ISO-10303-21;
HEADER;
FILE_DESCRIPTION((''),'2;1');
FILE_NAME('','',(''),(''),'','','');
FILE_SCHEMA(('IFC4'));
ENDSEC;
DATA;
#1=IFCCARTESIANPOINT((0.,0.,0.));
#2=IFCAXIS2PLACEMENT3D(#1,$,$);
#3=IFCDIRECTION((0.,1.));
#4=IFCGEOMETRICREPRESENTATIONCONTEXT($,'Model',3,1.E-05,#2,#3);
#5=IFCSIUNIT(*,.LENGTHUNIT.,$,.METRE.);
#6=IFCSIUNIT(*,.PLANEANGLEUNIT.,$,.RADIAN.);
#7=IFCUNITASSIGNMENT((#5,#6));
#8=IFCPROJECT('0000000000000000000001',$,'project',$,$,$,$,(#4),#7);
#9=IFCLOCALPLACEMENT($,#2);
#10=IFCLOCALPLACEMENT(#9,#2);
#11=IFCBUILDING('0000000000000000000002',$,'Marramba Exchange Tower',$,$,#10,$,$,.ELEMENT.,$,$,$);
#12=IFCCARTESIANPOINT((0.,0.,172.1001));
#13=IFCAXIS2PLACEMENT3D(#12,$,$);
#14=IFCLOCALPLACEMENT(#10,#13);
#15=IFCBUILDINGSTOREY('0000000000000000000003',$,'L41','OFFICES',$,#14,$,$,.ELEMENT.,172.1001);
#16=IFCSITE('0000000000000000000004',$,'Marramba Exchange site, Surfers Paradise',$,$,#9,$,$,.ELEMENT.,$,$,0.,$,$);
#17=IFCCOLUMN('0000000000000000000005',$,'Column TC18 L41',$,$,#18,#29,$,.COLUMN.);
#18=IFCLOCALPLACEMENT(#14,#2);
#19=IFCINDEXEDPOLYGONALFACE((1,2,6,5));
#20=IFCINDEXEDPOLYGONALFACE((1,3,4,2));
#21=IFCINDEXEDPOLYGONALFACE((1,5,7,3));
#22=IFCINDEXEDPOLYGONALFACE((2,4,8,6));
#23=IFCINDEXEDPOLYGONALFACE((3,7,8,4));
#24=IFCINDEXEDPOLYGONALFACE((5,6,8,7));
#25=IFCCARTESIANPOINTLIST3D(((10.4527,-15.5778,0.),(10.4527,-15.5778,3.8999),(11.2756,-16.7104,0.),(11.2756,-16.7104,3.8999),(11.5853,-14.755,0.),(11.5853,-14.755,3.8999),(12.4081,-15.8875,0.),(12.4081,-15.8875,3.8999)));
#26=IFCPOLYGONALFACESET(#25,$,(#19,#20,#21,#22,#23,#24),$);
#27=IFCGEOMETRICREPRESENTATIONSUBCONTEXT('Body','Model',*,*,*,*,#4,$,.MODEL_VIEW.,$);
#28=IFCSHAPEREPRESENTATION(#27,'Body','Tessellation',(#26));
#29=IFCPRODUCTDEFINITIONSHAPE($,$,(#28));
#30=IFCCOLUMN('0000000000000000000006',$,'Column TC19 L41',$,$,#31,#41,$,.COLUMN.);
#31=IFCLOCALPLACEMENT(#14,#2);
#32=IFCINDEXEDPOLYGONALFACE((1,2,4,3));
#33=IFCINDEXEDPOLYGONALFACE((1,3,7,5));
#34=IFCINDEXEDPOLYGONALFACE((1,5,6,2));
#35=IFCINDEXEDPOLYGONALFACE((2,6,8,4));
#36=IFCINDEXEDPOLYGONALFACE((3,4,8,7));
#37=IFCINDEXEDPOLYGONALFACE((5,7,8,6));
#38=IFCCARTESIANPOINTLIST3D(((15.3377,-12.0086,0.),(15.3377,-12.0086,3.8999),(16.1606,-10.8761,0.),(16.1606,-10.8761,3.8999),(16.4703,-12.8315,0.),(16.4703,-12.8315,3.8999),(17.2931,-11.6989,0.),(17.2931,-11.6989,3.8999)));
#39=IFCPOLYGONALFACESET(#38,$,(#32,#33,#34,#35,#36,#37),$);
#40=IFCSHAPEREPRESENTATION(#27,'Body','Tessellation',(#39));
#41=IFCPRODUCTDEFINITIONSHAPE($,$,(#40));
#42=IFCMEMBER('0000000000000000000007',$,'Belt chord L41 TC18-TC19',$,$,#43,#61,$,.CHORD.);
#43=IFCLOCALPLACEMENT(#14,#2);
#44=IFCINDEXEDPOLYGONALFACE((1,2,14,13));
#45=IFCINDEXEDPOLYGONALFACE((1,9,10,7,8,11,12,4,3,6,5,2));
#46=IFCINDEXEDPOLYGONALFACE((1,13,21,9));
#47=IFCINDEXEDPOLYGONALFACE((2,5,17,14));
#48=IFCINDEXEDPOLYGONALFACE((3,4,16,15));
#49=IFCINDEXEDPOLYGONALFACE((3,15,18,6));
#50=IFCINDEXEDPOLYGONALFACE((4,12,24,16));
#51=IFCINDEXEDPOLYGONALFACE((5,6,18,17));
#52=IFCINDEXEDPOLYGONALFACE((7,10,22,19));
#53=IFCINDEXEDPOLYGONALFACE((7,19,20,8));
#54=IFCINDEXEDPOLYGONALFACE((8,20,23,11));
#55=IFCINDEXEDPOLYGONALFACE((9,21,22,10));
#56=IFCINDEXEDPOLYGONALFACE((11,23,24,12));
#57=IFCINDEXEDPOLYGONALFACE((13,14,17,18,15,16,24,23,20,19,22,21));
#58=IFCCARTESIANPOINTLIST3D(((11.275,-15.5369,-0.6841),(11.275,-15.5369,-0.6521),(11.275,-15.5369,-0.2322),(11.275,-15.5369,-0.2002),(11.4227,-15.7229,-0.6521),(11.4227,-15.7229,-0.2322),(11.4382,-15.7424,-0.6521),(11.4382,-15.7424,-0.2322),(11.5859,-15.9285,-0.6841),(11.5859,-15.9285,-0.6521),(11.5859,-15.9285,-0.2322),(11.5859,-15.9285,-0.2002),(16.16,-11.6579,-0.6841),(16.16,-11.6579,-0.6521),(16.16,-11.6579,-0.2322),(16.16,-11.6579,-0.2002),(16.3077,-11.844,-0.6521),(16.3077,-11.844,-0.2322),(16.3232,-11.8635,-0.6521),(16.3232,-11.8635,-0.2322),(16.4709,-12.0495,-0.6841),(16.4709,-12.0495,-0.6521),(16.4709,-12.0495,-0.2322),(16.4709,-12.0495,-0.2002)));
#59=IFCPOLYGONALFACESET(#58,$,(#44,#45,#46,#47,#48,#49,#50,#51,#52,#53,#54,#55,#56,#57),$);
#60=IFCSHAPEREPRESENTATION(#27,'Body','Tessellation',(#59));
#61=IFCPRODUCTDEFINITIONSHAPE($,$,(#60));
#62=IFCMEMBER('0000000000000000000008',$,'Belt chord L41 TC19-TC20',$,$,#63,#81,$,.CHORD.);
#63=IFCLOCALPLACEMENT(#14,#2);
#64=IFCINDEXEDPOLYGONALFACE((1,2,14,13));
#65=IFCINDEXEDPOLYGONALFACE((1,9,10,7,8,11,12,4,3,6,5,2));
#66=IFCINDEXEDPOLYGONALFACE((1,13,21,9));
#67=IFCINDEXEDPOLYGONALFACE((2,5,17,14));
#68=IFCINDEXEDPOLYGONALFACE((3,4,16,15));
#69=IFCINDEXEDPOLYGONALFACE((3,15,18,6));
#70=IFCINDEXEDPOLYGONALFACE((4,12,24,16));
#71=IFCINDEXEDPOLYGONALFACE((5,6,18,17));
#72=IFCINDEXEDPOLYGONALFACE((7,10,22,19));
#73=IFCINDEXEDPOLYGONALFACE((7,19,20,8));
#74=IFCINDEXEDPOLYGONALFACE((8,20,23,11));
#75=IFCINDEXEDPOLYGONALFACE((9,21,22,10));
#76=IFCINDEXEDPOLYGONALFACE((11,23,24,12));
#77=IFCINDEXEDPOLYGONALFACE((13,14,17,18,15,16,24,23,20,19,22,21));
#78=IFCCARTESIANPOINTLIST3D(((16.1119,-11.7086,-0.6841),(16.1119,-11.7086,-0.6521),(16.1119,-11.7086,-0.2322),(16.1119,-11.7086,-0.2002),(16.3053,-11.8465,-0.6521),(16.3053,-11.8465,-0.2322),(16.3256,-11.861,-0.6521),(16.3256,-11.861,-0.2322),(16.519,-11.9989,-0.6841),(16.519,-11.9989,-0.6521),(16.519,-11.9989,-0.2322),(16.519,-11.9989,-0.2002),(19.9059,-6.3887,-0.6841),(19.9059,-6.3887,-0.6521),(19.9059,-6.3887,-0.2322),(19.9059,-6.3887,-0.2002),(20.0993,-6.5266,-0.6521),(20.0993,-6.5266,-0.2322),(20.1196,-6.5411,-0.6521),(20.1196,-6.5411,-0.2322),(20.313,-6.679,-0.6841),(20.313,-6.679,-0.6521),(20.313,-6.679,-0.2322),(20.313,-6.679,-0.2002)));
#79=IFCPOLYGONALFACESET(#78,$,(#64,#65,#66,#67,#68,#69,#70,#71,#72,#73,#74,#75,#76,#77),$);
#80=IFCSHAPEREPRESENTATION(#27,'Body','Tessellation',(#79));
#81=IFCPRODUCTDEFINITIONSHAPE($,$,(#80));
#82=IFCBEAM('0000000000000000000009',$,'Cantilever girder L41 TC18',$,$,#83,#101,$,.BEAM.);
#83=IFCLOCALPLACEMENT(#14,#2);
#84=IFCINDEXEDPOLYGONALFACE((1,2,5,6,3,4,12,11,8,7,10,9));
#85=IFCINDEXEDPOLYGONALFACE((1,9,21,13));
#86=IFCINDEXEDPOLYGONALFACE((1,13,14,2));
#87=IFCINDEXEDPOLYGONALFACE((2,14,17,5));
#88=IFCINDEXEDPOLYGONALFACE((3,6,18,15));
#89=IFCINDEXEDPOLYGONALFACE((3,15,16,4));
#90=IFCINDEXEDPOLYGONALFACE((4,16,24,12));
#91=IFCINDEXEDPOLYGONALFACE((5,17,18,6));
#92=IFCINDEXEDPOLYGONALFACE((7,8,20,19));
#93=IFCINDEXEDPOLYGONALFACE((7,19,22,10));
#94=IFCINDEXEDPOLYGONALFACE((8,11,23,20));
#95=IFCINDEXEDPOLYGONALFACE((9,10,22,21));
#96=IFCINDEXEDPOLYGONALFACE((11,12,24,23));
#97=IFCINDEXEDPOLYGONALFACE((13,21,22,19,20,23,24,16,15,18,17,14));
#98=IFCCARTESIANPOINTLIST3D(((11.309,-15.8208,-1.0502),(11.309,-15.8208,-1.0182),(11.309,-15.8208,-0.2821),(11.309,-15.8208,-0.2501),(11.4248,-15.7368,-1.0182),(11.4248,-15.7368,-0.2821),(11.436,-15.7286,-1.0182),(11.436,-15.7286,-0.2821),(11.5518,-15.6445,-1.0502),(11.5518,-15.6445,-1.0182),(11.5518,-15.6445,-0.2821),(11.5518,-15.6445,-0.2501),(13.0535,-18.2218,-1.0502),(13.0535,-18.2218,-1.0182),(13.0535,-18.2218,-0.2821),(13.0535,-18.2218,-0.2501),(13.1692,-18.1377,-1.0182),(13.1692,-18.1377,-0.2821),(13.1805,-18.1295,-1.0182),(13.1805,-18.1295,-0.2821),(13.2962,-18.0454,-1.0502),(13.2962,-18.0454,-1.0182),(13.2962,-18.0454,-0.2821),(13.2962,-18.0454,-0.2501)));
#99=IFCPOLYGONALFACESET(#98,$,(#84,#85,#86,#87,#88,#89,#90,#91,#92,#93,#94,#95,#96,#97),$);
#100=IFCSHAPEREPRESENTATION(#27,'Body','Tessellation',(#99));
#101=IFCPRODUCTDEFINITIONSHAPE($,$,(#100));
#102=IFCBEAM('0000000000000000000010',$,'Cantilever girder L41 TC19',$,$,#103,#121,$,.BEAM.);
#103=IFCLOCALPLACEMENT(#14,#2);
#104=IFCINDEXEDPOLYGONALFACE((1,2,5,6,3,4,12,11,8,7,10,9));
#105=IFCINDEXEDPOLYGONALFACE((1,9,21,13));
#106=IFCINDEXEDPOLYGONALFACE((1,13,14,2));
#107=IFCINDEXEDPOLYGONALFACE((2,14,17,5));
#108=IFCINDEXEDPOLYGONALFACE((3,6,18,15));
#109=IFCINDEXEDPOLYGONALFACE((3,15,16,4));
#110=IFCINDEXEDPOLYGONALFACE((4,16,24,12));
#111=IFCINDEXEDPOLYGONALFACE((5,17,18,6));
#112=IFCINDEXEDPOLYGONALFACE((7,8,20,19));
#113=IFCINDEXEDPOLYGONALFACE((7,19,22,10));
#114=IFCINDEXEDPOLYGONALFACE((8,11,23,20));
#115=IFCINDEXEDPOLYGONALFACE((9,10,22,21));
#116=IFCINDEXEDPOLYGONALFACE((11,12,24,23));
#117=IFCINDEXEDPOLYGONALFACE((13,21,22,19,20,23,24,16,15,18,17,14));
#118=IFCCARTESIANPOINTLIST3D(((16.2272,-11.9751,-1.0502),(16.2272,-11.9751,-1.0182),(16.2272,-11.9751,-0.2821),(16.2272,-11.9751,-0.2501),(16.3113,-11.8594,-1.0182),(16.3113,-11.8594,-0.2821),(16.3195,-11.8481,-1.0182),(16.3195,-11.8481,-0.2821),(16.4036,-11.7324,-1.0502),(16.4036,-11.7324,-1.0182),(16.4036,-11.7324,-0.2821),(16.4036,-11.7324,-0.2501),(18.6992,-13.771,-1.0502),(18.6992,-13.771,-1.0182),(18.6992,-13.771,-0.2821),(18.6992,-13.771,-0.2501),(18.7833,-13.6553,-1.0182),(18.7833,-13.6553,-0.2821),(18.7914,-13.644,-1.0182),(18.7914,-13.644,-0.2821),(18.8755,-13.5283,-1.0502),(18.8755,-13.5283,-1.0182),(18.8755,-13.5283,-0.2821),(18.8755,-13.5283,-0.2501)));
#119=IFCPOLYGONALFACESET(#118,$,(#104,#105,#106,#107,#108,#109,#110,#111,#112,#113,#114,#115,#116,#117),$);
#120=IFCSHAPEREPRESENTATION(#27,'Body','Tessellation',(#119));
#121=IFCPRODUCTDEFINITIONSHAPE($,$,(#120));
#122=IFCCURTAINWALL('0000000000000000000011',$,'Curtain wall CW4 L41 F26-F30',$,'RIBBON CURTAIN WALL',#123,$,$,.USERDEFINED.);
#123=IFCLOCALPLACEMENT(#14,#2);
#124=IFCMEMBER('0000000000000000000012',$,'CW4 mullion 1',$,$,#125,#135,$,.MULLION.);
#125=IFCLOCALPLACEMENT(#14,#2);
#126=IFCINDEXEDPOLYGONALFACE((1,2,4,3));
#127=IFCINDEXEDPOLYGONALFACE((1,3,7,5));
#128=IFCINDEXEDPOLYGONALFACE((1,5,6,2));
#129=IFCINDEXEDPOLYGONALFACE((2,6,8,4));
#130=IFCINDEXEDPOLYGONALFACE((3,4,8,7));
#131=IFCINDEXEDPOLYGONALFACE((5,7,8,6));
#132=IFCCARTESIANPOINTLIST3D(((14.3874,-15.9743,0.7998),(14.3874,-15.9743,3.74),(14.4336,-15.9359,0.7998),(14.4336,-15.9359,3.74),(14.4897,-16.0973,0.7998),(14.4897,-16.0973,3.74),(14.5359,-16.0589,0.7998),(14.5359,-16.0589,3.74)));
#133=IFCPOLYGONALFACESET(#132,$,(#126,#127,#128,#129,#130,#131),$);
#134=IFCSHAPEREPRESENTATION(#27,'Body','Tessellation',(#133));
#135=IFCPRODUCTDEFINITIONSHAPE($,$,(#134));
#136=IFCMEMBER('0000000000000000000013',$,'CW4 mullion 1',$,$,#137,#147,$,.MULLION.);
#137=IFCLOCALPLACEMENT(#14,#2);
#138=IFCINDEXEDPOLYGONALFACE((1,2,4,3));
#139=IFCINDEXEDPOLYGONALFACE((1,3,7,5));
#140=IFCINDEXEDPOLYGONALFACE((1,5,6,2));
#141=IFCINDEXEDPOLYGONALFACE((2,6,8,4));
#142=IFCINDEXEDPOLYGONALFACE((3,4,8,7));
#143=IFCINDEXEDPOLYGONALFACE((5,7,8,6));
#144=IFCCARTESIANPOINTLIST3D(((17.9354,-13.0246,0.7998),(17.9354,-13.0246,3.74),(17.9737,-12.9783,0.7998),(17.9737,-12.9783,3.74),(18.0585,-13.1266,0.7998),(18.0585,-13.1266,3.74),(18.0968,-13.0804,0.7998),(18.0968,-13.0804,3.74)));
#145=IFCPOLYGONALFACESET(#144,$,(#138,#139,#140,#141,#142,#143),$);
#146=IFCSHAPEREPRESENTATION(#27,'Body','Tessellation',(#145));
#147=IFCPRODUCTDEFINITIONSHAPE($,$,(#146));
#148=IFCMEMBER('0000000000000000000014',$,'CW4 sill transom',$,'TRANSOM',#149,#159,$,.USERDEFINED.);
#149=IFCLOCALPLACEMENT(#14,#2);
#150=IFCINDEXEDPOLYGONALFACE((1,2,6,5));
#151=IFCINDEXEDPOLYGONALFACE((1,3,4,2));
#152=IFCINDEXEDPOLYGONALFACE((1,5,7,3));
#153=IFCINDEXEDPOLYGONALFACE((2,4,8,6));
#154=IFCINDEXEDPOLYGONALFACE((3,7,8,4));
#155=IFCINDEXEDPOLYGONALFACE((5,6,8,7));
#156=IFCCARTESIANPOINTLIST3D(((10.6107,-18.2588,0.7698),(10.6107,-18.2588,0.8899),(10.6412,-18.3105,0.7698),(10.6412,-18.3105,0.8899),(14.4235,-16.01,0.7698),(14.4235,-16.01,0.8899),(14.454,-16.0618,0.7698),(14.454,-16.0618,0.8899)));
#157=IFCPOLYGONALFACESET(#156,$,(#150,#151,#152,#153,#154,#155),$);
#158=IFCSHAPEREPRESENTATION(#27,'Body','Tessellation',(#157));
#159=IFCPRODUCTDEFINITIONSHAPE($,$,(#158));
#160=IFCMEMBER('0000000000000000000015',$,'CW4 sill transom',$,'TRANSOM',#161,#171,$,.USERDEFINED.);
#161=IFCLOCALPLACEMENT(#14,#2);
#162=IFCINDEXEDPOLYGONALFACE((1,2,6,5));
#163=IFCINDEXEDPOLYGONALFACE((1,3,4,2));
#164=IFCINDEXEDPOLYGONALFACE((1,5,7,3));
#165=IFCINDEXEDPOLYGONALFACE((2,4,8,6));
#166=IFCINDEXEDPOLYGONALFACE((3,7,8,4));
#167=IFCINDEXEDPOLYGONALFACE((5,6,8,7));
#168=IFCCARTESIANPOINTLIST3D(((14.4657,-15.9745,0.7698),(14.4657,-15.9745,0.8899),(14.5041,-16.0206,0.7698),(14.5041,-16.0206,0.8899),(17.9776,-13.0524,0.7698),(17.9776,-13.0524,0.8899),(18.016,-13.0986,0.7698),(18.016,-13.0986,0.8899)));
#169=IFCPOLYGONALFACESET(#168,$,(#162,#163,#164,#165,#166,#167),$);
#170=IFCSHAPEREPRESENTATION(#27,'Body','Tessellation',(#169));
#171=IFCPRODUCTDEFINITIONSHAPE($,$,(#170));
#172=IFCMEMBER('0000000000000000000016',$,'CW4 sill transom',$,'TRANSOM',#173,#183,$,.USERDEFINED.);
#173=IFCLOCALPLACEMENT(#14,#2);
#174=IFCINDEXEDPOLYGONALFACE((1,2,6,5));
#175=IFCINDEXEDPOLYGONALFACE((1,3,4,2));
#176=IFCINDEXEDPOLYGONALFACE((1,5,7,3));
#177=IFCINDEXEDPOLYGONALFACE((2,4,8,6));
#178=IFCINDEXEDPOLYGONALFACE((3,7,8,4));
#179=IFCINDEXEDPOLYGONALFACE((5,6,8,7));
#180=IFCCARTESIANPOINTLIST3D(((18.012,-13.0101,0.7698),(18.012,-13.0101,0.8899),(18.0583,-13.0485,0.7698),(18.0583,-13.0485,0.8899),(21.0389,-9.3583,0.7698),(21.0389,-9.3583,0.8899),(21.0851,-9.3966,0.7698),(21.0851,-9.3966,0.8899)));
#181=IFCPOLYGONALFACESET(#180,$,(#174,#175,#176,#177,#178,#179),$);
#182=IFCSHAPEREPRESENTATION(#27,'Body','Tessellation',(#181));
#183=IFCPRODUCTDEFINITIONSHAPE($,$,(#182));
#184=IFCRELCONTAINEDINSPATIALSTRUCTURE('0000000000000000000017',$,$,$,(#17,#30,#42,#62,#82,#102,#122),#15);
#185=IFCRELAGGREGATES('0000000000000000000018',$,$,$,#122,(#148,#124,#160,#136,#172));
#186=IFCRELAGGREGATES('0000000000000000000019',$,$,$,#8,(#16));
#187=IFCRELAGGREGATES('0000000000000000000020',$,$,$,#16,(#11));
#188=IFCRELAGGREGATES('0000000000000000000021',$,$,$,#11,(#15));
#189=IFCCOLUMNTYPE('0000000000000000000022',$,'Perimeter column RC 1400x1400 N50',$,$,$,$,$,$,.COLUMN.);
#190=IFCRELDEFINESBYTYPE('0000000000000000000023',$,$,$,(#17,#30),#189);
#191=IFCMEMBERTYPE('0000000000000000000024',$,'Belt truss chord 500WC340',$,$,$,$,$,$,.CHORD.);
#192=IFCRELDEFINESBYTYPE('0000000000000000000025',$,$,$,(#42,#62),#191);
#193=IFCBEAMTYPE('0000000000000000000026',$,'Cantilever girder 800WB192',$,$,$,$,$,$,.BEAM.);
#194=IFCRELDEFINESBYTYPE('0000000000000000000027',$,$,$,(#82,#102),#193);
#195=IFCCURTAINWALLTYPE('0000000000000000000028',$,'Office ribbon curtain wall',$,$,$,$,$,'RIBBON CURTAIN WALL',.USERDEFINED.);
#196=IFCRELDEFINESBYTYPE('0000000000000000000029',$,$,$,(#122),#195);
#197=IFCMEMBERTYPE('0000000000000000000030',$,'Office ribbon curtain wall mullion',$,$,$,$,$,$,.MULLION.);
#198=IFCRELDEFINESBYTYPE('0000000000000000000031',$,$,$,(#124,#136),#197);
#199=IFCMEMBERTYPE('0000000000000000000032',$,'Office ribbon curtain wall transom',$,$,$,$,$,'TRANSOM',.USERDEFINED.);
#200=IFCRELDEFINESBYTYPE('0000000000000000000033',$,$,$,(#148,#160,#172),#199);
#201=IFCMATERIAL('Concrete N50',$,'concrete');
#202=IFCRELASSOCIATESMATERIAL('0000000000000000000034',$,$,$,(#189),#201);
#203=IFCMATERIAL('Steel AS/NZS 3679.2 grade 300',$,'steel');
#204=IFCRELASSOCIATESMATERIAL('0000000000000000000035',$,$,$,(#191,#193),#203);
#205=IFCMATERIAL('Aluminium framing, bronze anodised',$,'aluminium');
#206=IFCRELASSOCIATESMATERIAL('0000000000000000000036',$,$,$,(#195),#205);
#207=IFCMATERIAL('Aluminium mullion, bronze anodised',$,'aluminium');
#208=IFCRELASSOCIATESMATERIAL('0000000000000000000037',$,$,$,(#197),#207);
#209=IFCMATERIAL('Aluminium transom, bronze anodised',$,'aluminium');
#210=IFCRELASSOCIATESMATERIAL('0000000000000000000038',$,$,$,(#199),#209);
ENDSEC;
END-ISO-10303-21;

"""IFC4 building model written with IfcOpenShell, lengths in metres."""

from ifc_helpers import new_model, si_unit, direction, frame, origin, origin_2d, place, context, subcontext, project, spatial, rectangle, i_section, extrude, material, material_profile, profile_set, type_object, element, aggregate, save


model = new_model("IFC4")

# Units and contexts
model_context = context("Model", 3, precision=1e-05, world=origin(), true_north=direction((0.0, 1.0)))
body_context = subcontext(model_context, "Body", "Model", "MODEL_VIEW")
ifc_project = project(units=[si_unit("LENGTHUNIT", "METRE"), si_unit("PLANEANGLEUNIT", "RADIAN")], contexts=[model_context])

# Site, building, storey
site_placement = place(None, origin())
site = spatial("IfcSite", under=ifc_project, at=site_placement, Name="Marramba Exchange site, Surfers Paradise", CompositionType="ELEMENT", RefElevation=0.0)
building_placement = place(site_placement, origin())
building = spatial("IfcBuilding", under=site, at=building_placement, Name="Marramba Exchange Tower", CompositionType="ELEMENT")
storey_placement = place(building_placement, frame((0.0, 0.0, 172.1001)))
storey = spatial("IfcBuildingStorey", under=building, at=storey_placement, Name="L41", Description="OFFICES", CompositionType="ELEMENT", Elevation=172.1001)

# Columns
ifc_material_1 = material(Name="Concrete N50", Category="concrete")
ifc_material_profile_1 = material_profile(ifc_material_1, rectangle(XDim=1.3999, YDim=1.3999, at=origin_2d()), Name="RC 1400x1400")
ifc_profile_set_1 = profile_set([ifc_material_profile_1], Name="Concrete N50")
column_type = type_object("IfcColumnType", Name="Perimeter column RC 1400x1400 N50", PredefinedType="COLUMN", material=ifc_profile_set_1)
for number, where, z_axis, x_axis, name in (
    (1, (11.4304, -15.7327, 0.0), (0.0, 0.0, 1.0), (0.587785, -0.809017, 0.0), "Column TC18 L41"),
    (2, (16.3154, -11.8538, 0.0), (0.0, 0.0, 1.0), (0.809017, -0.587785, 0.0), "Column TC19 L41"),
):
    element("IfcColumn", number, at=place(storey_placement, frame(where, z_axis=z_axis, x_axis=x_axis)), inside=storey, type_object=column_type, Name=name, PredefinedType="COLUMN", context=body_context, shape_type="SweptSolid", body=[
        extrude(rectangle(XDim=1.3999, YDim=1.3999, at=origin_2d()), origin(), (0.0, 0.0, 1.0), 3.8999),
    ])

# Members
ifc_material_2 = material(Name="Steel AS/NZS 3679.2 grade 300", Category="steel")
ifc_material_profile_2 = material_profile(ifc_material_2, i_section(OverallWidth=0.5, OverallDepth=0.4839, WebThickness=0.0249, FlangeThickness=0.032, at=origin_2d()), Name="500WC340")
ifc_profile_set_2 = profile_set([ifc_material_profile_2], Name="Steel AS/NZS 3679.2 grade 300")
member_type_1 = type_object("IfcMemberType", Name="Belt truss chord 500WC340", PredefinedType="CHORD", material=ifc_profile_set_2)
member_1_placement = place(storey_placement, frame((11.4304, -15.7327, -0.4421), z_axis=(0.783139, 0.621846, 0.0), x_axis=(-0.621846, 0.783139, 0.0)))
element("IfcMember", 3, at=member_1_placement, inside=storey, type_object=member_type_1, Name="Belt chord L41 TC18-TC19", PredefinedType="CHORD", context=body_context, shape_type="SweptSolid", body=[
    extrude(i_section(OverallWidth=0.5, OverallDepth=0.4839, WebThickness=0.0249, FlangeThickness=0.032, at=origin_2d()), origin(), (0.0, 0.0, 1.0), 6.2378),
])
member_2_placement = place(storey_placement, frame((16.3154, -11.8538, -0.4421), z_axis=(0.580637, 0.814162, 0.0), x_axis=(-0.814162, 0.580637, 0.0)))
element("IfcMember", 4, at=member_2_placement, inside=storey, type_object=member_type_1, Name="Belt chord L41 TC19-TC20", PredefinedType="CHORD", context=body_context, shape_type="SweptSolid", body=[
    extrude(i_section(OverallWidth=0.5, OverallDepth=0.4839, WebThickness=0.0249, FlangeThickness=0.032, at=origin_2d()), origin(), (0.0, 0.0, 1.0), 6.5342),
])

# Beams
ifc_material_profile_3 = material_profile(ifc_material_2, i_section(OverallWidth=0.3, OverallDepth=0.8, WebThickness=0.0139, FlangeThickness=0.032, at=origin_2d()), Name="800WB192")
ifc_profile_set_3 = profile_set([ifc_material_profile_3], Name="Steel AS/NZS 3679.2 grade 300")
beam_type_1 = type_object("IfcBeamType", Name="Cantilever girder 800WB192", PredefinedType="BEAM", material=ifc_profile_set_3)
beam_1_placement = place(storey_placement, frame((11.4304, -15.7327, -0.6501), z_axis=(0.587795, -0.80901, 0.0), x_axis=(0.80901, 0.587795, 0.0)))
element("IfcBeam", 5, at=beam_1_placement, inside=storey, type_object=beam_type_1, Name="Cantilever girder L41 TC18", PredefinedType="BEAM", context=body_context, shape_type="SweptSolid", body=[
    extrude(i_section(OverallWidth=0.3, OverallDepth=0.8, WebThickness=0.0139, FlangeThickness=0.032, at=origin_2d()), origin(), (0.0, 0.0, 1.0), 2.9678),
])
beam_2_placement = place(storey_placement, frame((16.3154, -11.8538, -0.6501), z_axis=(0.809026, -0.587773, 0.0), x_axis=(0.587773, 0.809026, 0.0)))
element("IfcBeam", 6, at=beam_2_placement, inside=storey, type_object=beam_type_1, Name="Cantilever girder L41 TC19", PredefinedType="BEAM", context=body_context, shape_type="SweptSolid", body=[
    extrude(i_section(OverallWidth=0.3, OverallDepth=0.8, WebThickness=0.0139, FlangeThickness=0.032, at=origin_2d()), origin(), (0.0, 0.0, 1.0), 3.0554),
])

# Curtain wall, members
ifc_material_3 = material(Name="Aluminium framing, bronze anodised", Category="aluminium")
curtain_wall_type = type_object("IfcCurtainWallType", Name="Office ribbon curtain wall", ElementType="RIBBON CURTAIN WALL", PredefinedType="USERDEFINED", material=ifc_material_3)
curtain_wall_placement = place(storey_placement, origin())
curtain_wall = element("IfcCurtainWall", 7, at=curtain_wall_placement, inside=storey, type_object=curtain_wall_type, Name="Curtain wall CW4 L41 F26-F30", ObjectType="RIBBON CURTAIN WALL", PredefinedType="USERDEFINED")
ifc_material_4 = material(Name="Aluminium mullion, bronze anodised", Category="aluminium")
ifc_material_profile_4 = material_profile(ifc_material_4, rectangle(XDim=0.1599, YDim=0.0601, at=origin_2d()), Name="CW4 mullion 60x160")
ifc_profile_set_4 = profile_set([ifc_material_profile_4], Name="Aluminium mullion, bronze anodised")
member_type_2 = type_object("IfcMemberType", Name="Office ribbon curtain wall mullion", PredefinedType="MULLION", material=ifc_profile_set_4)
member_3_placement = place(storey_placement, frame((14.4617, -16.0166, 0.7998), z_axis=(0.0, 0.0, 1.0), x_axis=(-0.639565, 0.768737, 0.0)))
member_3 = element("IfcMember", 8, at=member_3_placement, type_object=member_type_2, Name="CW4 mullion 1", PredefinedType="MULLION", context=body_context, shape_type="SweptSolid", body=[
    extrude(rectangle(XDim=0.1599, YDim=0.0601, at=origin_2d()), origin(), (0.0, 0.0, 1.0), 2.9402),
])
member_4_placement = place(storey_placement, frame((18.0161, -13.0525, 0.7998), z_axis=(0.0, 0.0, 1.0), x_axis=(-0.769912, 0.63815, 0.0)))
member_4 = element("IfcMember", 9, at=member_4_placement, type_object=member_type_2, Name="CW4 mullion 1", PredefinedType="MULLION", context=body_context, shape_type="SweptSolid", body=[
    extrude(rectangle(XDim=0.1599, YDim=0.0601, at=origin_2d()), origin(), (0.0, 0.0, 1.0), 2.9402),
])
ifc_material_5 = material(Name="Aluminium transom, bronze anodised", Category="aluminium")
ifc_material_profile_5 = material_profile(ifc_material_5, rectangle(XDim=0.0601, YDim=0.1201, at=origin_2d()), Name="CW4 transom 60x120")
ifc_profile_set_5 = profile_set([ifc_material_profile_5], Name="Aluminium transom, bronze anodised")
member_type_3 = type_object("IfcMemberType", Name="Office ribbon curtain wall transom", ElementType="TRANSOM", PredefinedType="USERDEFINED", material=ifc_profile_set_5)
member_5_placement = place(storey_placement, frame((10.626, -18.2847, 0.8298), z_axis=(0.861342, 0.508025, 0.0), x_axis=(-0.508025, 0.861342, 0.0)))
member_5 = element("IfcMember", 10, at=member_5_placement, type_object=member_type_3, Name="CW4 sill transom", ObjectType="TRANSOM", PredefinedType="USERDEFINED", context=body_context, shape_type="SweptSolid", body=[
    extrude(rectangle(XDim=0.0601, YDim=0.1201, at=origin_2d()), origin(), (0.0, 0.0, 1.0), 4.4265),
])
member_6_placement = place(storey_placement, frame((14.4849, -15.9976, 0.8298), z_axis=(0.768707, 0.639601, 0.0), x_axis=(-0.639601, 0.768707, 0.0)))
member_6 = element("IfcMember", 11, at=member_6_placement, type_object=member_type_3, Name="CW4 sill transom", ObjectType="TRANSOM", PredefinedType="USERDEFINED", context=body_context, shape_type="SweptSolid", body=[
    extrude(rectangle(XDim=0.0601, YDim=0.1201, at=origin_2d()), origin(), (0.0, 0.0, 1.0), 4.5686),
])
member_7_placement = place(storey_placement, frame((18.0352, -13.0293, 0.8298), z_axis=(0.638147, 0.769915, 0.0), x_axis=(-0.769915, 0.638147, 0.0)))
member_7 = element("IfcMember", 12, at=member_7_placement, type_object=member_type_3, Name="CW4 sill transom", ObjectType="TRANSOM", PredefinedType="USERDEFINED", context=body_context, shape_type="SweptSolid", body=[
    extrude(rectangle(XDim=0.0601, YDim=0.1201, at=origin_2d()), origin(), (0.0, 0.0, 1.0), 4.7432),
])

aggregate(curtain_wall, [member_5, member_3, member_6, member_4, member_7])

save(model, "model.ifc")
